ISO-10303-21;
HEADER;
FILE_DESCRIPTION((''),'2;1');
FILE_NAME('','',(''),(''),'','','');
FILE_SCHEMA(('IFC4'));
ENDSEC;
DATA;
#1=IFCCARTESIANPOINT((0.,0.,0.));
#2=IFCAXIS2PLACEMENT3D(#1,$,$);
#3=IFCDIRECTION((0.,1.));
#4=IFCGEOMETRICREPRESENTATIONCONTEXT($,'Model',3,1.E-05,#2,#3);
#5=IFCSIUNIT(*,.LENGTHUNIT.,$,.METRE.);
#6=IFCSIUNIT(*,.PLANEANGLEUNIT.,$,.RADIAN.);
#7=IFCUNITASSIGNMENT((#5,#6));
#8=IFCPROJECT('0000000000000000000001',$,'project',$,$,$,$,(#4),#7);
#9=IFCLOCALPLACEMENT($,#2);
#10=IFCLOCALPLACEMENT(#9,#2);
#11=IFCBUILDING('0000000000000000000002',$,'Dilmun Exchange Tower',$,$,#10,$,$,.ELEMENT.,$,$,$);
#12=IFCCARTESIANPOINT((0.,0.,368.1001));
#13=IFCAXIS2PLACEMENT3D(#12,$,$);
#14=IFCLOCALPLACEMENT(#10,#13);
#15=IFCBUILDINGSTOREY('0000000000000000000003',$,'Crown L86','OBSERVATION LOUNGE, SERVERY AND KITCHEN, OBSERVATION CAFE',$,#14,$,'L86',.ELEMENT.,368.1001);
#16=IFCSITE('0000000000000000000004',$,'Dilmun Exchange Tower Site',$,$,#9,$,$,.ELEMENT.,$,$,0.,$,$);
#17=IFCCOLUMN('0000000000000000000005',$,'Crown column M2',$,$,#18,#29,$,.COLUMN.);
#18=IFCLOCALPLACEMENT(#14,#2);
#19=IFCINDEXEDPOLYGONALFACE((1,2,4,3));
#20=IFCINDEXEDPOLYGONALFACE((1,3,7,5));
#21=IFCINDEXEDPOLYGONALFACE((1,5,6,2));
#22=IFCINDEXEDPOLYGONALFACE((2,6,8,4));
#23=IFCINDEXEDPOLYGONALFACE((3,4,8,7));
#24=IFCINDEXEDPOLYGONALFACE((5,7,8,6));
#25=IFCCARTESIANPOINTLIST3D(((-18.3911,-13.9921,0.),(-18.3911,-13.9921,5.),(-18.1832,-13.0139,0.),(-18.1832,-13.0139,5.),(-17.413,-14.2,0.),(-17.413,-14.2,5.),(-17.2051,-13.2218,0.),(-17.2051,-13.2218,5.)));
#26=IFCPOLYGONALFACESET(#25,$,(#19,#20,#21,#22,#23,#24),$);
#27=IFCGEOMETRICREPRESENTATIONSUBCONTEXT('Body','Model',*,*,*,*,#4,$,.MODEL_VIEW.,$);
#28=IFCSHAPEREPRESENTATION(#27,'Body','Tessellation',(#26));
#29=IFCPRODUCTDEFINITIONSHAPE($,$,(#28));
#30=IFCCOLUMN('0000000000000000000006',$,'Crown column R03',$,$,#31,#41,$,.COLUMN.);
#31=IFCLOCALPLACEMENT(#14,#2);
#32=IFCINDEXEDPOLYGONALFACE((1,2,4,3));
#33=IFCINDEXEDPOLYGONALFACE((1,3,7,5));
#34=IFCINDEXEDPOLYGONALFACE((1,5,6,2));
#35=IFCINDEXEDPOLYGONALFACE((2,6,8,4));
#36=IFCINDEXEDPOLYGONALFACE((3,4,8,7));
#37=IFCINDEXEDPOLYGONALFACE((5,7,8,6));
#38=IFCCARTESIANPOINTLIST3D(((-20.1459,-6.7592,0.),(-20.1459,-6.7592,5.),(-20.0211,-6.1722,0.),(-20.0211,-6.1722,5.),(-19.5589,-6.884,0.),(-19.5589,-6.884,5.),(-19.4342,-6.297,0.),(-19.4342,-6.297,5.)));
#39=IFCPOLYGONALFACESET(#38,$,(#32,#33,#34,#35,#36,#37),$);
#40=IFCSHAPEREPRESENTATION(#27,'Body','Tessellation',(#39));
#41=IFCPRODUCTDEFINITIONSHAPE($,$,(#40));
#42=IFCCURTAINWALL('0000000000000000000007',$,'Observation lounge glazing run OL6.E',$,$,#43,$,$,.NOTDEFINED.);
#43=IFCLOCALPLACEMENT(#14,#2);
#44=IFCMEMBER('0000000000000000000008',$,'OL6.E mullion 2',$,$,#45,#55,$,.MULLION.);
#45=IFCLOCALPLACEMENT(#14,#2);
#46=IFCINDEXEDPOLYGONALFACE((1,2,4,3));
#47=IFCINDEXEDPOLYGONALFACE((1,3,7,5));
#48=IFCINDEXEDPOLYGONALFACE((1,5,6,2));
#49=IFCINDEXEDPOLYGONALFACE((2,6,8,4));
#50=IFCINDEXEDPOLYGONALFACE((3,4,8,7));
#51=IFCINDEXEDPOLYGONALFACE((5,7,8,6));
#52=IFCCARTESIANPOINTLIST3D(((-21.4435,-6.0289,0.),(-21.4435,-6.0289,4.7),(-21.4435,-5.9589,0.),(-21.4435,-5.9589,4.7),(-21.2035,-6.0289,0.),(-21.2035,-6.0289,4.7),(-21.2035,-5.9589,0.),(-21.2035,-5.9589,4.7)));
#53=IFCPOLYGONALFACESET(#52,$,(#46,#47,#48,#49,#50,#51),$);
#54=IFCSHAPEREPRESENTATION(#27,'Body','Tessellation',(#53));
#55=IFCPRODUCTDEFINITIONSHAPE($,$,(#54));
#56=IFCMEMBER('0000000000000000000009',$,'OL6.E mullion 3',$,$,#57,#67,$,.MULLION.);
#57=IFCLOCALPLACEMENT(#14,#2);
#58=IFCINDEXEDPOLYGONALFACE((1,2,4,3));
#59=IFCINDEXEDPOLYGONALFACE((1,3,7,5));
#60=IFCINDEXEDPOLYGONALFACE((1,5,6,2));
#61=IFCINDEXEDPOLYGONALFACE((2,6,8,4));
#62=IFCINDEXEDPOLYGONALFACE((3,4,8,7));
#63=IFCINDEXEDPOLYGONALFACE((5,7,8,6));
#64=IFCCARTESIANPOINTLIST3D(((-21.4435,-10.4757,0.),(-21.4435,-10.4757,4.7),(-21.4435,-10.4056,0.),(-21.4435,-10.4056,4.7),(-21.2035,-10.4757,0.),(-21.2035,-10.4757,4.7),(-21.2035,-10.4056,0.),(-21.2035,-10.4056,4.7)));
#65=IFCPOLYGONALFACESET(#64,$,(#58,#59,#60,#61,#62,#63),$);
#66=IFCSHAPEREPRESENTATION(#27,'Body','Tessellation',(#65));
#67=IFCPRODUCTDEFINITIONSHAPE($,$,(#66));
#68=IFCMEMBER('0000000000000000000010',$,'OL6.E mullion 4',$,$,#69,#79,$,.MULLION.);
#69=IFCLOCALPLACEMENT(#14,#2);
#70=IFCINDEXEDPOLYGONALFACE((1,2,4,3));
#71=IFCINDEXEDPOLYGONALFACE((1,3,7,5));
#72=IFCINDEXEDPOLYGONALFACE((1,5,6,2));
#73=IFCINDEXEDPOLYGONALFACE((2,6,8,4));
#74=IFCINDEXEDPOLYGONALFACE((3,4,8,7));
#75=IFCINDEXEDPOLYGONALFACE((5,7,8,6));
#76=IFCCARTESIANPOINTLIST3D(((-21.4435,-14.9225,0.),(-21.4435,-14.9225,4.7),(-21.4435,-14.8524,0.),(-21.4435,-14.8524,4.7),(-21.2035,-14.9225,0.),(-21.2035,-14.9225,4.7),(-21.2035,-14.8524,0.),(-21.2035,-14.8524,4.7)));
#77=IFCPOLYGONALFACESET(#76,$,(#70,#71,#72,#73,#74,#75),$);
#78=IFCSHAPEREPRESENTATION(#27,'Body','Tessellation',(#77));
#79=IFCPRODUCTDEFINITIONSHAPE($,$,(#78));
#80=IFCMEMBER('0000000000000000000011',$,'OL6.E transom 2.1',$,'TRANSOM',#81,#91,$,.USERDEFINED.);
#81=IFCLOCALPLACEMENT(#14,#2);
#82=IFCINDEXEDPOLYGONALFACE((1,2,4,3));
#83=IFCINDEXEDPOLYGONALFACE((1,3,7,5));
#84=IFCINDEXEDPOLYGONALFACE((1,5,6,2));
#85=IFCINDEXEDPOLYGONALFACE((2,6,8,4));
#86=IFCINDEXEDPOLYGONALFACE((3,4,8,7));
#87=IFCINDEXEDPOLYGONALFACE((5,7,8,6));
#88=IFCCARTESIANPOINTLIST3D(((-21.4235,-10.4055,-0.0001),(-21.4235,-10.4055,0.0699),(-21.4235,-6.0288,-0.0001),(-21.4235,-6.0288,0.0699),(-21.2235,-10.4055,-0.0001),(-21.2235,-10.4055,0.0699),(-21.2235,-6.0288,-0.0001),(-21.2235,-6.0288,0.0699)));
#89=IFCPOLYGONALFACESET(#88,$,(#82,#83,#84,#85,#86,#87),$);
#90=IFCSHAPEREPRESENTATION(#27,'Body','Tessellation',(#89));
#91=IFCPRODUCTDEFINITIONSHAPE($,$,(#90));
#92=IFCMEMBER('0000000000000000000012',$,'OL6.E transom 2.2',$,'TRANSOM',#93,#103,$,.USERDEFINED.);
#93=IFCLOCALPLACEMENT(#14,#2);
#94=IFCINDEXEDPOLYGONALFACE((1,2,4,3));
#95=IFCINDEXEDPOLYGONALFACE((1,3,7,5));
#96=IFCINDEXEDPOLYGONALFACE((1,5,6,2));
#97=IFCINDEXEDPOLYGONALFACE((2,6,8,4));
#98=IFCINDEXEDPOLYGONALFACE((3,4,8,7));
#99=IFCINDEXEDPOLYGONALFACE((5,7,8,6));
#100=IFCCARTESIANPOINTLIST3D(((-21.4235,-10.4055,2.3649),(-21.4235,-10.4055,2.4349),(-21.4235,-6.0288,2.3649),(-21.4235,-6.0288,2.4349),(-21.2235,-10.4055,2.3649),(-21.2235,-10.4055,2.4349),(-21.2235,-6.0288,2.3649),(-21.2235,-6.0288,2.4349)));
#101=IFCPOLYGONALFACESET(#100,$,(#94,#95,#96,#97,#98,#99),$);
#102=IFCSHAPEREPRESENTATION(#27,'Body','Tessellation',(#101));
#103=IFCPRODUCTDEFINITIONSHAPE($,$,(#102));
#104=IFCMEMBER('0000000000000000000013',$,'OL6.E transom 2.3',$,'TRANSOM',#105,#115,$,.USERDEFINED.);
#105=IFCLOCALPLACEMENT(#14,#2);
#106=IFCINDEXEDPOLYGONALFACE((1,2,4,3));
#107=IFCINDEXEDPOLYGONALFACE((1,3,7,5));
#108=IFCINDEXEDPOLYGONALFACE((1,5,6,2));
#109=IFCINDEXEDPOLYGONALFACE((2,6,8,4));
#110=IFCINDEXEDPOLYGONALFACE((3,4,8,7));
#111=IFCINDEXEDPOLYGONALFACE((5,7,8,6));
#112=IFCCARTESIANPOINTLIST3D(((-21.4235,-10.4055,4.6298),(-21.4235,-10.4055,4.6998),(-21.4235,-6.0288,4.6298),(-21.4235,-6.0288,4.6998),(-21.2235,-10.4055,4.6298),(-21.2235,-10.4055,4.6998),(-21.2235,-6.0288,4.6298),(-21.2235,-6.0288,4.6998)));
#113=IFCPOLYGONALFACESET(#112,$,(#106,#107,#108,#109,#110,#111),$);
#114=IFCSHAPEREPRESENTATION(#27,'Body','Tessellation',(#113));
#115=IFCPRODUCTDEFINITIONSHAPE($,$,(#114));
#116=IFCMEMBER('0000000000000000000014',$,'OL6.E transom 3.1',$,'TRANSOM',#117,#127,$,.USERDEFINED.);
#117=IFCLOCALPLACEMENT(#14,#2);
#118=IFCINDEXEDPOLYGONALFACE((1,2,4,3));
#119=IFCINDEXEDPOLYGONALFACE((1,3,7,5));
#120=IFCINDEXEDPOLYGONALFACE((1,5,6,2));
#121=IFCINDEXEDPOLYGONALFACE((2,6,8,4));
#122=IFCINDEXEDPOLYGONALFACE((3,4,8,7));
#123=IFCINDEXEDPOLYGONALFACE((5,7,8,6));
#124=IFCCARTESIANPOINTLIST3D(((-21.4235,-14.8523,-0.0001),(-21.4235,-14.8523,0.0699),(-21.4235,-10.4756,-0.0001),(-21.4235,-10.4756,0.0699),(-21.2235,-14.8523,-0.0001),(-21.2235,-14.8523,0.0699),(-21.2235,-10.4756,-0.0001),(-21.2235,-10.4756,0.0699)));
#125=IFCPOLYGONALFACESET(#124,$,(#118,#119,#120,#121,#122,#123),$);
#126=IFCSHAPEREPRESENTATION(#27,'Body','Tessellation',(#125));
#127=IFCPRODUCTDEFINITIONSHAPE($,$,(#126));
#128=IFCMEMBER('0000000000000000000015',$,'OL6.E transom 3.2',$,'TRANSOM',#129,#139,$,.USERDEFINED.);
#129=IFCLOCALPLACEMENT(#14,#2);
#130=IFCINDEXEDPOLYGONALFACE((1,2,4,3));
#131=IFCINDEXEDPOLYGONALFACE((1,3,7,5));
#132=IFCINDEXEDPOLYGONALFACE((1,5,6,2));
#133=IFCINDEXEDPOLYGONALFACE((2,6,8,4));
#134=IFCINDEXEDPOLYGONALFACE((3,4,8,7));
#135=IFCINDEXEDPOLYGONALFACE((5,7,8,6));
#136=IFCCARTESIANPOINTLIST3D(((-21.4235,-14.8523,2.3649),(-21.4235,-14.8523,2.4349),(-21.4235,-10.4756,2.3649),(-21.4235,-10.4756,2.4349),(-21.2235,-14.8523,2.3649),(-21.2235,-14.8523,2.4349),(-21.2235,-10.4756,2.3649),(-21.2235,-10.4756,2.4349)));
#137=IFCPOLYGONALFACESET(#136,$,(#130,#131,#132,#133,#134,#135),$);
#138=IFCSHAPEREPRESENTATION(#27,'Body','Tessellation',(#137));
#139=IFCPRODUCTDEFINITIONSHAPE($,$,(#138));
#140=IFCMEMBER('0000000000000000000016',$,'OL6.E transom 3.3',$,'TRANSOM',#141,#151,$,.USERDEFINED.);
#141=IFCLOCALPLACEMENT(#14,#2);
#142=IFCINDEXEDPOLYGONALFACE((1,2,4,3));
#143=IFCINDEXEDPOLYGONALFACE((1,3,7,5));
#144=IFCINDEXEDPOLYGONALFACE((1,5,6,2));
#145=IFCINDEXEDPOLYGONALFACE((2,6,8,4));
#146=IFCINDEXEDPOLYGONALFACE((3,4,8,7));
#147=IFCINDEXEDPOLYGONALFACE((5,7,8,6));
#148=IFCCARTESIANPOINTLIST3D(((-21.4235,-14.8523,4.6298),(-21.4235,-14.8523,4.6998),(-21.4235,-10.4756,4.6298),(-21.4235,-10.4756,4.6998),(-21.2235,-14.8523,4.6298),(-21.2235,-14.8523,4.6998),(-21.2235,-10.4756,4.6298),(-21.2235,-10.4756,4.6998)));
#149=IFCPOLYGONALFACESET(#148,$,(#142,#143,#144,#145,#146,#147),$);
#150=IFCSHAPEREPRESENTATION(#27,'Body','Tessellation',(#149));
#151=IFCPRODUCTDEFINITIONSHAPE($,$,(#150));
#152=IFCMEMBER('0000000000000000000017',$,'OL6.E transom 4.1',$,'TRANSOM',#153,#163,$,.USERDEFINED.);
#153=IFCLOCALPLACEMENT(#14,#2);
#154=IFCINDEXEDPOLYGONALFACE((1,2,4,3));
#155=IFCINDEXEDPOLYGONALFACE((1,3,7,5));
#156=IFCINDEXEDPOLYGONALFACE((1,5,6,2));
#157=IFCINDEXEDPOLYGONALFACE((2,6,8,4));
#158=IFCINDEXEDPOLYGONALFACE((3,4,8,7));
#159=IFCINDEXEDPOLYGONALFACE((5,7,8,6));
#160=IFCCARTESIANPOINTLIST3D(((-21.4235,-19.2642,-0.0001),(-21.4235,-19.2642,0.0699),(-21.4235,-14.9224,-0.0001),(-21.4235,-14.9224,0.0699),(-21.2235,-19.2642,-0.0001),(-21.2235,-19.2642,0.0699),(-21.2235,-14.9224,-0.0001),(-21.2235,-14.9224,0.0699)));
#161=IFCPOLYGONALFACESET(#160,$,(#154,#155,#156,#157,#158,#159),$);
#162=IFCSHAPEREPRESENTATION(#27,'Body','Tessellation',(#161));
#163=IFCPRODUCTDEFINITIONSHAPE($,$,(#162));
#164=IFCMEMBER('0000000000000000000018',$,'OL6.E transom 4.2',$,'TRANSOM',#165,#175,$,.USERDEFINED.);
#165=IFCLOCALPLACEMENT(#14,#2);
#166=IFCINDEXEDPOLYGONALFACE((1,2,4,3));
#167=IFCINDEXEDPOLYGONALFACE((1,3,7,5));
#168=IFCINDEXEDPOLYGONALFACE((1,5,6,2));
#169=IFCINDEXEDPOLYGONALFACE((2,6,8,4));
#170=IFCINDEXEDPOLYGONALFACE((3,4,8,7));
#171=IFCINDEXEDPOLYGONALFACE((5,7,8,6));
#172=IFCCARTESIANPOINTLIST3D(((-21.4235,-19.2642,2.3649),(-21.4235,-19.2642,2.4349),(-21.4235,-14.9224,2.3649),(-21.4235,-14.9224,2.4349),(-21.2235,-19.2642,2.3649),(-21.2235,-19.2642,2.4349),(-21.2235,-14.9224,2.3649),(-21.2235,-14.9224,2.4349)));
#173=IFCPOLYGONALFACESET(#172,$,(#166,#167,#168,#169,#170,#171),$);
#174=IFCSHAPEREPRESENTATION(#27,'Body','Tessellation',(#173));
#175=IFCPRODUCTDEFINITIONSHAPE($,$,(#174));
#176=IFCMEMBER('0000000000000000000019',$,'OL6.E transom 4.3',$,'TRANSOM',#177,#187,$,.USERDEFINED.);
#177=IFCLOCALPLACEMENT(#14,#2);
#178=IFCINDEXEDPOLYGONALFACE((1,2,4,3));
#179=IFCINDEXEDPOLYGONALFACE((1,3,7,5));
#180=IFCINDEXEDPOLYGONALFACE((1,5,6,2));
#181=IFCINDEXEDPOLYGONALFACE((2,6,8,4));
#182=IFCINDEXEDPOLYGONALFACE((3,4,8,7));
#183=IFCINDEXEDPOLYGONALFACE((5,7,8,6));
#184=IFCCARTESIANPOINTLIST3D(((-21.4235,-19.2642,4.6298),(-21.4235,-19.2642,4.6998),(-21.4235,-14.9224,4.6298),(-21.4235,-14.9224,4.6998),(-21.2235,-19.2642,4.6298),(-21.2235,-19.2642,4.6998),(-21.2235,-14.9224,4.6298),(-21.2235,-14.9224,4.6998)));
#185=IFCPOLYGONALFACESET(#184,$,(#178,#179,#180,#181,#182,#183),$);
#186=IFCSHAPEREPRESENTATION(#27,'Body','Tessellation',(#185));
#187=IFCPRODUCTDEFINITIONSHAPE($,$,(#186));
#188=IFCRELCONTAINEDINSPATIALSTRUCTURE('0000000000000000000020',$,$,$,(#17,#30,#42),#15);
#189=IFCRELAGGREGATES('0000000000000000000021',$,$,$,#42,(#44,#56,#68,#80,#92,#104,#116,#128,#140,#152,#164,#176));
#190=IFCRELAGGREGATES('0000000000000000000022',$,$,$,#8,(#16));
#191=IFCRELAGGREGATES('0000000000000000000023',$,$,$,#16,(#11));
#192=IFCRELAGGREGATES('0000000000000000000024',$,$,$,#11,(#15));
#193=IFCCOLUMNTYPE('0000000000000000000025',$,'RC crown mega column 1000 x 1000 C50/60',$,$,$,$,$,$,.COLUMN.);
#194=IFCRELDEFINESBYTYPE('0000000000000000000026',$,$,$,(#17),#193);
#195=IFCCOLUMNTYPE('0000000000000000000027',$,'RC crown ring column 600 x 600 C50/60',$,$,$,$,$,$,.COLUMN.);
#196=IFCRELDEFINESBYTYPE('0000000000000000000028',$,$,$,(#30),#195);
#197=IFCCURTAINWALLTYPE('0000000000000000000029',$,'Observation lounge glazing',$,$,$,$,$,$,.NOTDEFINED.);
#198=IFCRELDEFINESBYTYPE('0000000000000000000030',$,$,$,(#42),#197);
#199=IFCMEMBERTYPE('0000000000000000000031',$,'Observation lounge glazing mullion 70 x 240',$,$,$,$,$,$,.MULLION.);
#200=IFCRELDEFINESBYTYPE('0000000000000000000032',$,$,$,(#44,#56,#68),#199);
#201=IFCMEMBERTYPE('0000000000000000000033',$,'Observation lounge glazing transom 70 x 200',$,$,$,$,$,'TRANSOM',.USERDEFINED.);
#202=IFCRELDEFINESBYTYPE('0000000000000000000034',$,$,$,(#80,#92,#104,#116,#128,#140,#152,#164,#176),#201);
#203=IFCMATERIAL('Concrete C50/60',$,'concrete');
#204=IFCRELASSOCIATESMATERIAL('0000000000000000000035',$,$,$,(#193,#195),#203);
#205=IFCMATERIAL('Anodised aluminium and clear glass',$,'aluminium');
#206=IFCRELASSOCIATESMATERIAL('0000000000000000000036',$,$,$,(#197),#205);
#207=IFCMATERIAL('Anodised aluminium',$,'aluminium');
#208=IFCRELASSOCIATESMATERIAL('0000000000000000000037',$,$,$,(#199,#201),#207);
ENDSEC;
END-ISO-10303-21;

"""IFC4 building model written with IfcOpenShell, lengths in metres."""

from ifc_helpers import new_model, si_unit, direction, frame, origin, origin_2d, place, context, subcontext, project, spatial, rectangle, extrude, material, material_profile, profile_set, type_object, element, aggregate, save


model = new_model("IFC4")

# Units and contexts
model_context = context("Model", 3, precision=1e-05, world=origin(), true_north=direction((0.0, 1.0)))
body_context = subcontext(model_context, "Body", "Model", "MODEL_VIEW")
ifc_project = project(units=[si_unit("LENGTHUNIT", "METRE"), si_unit("PLANEANGLEUNIT", "RADIAN")], contexts=[model_context])

# Site, building, storey
site_placement = place(None, origin())
site = spatial("IfcSite", under=ifc_project, at=site_placement, Name="Dilmun Exchange Tower Site", CompositionType="ELEMENT", RefElevation=0.0)
building_placement = place(site_placement, origin())
building = spatial("IfcBuilding", under=site, at=building_placement, Name="Dilmun Exchange Tower", CompositionType="ELEMENT")
storey_placement = place(building_placement, frame((0.0, 0.0, 368.1001)))
storey = spatial("IfcBuildingStorey", under=building, at=storey_placement, Name="Crown L86", Description="OBSERVATION LOUNGE, SERVERY AND KITCHEN, OBSERVATION CAFE", LongName="L86", CompositionType="ELEMENT", Elevation=368.1001)

# Columns
ifc_material_1 = material(Name="Concrete C50/60", Category="concrete")
ifc_material_profile_1 = material_profile(ifc_material_1, rectangle(XDim=1.0, YDim=1.0, at=origin_2d()), Name="1000 x 1000")
ifc_profile_set_1 = profile_set([ifc_material_profile_1], Name="Concrete C50/60")
column_type_1 = type_object("IfcColumnType", Name="RC crown mega column 1000 x 1000 C50/60", PredefinedType="COLUMN", material=ifc_profile_set_1)
column_1_placement = place(storey_placement, frame((-17.7981, -13.6069, 0.0), z_axis=(0.0, 0.0, 1.0), x_axis=(0.207912, 0.978148, 0.0)))
element("IfcColumn", 1, at=column_1_placement, inside=storey, type_object=column_type_1, Name="Crown column M2", PredefinedType="COLUMN", context=body_context, shape_type="SweptSolid", body=[
    extrude(rectangle(XDim=1.0, YDim=1.0, at=origin_2d()), origin(), (0.0, 0.0, 1.0), 5.0),
])
ifc_material_profile_2 = material_profile(ifc_material_1, rectangle(XDim=0.6001, YDim=0.6001, at=origin_2d()), Name="600 x 600")
ifc_profile_set_2 = profile_set([ifc_material_profile_2], Name="Concrete C50/60")
column_type_2 = type_object("IfcColumnType", Name="RC crown ring column 600 x 600 C50/60", PredefinedType="COLUMN", material=ifc_profile_set_2)
column_2_placement = place(storey_placement, frame((-19.79, -6.5281, 0.0), z_axis=(0.0, 0.0, 1.0), x_axis=(0.207912, 0.978148, 0.0)))
element("IfcColumn", 2, at=column_2_placement, inside=storey, type_object=column_type_2, Name="Crown column R03", PredefinedType="COLUMN", context=body_context, shape_type="SweptSolid", body=[
    extrude(rectangle(XDim=0.6001, YDim=0.6001, at=origin_2d()), origin(), (0.0, 0.0, 1.0), 5.0),
])

# Curtain wall, members
ifc_material_2 = material(Name="Anodised aluminium and clear glass", Category="aluminium")
curtain_wall_type = type_object("IfcCurtainWallType", Name="Observation lounge glazing", PredefinedType="NOTDEFINED", material=ifc_material_2)
curtain_wall_placement = place(storey_placement, origin())
curtain_wall = element("IfcCurtainWall", 3, at=curtain_wall_placement, inside=storey, type_object=curtain_wall_type, Name="Observation lounge glazing run OL6.E", PredefinedType="NOTDEFINED")
ifc_material_3 = material(Name="Anodised aluminium", Category="aluminium")
ifc_material_profile_3 = material_profile(ifc_material_3, rectangle(XDim=0.24, YDim=0.0701, at=origin_2d()), Name="AL 70x240")
ifc_profile_set_3 = profile_set([ifc_material_profile_3], Name="Anodised aluminium")
member_type_1 = type_object("IfcMemberType", Name="Observation lounge glazing mullion 70 x 240", PredefinedType="MULLION", material=ifc_profile_set_3)
member_1_placement = place(storey_placement, frame((-21.3235, -5.9939, 0.0), z_axis=(0.0, 0.0, 1.0), x_axis=(1.0, 0.0, 0.0)))
member_1 = element("IfcMember", 4, at=member_1_placement, type_object=member_type_1, Name="OL6.E mullion 2", PredefinedType="MULLION", context=body_context, shape_type="SweptSolid", body=[
    extrude(rectangle(XDim=0.24, YDim=0.0701, at=origin_2d()), origin(), (0.0, 0.0, 1.0), 4.7),
])
member_2_placement = place(storey_placement, frame((-21.3235, -10.4407, 0.0), z_axis=(0.0, 0.0, 1.0), x_axis=(1.0, 0.0, 0.0)))
member_2 = element("IfcMember", 5, at=member_2_placement, type_object=member_type_1, Name="OL6.E mullion 3", PredefinedType="MULLION", context=body_context, shape_type="SweptSolid", body=[
    extrude(rectangle(XDim=0.24, YDim=0.0701, at=origin_2d()), origin(), (0.0, 0.0, 1.0), 4.7),
])
member_3_placement = place(storey_placement, frame((-21.3235, -14.8875, 0.0), z_axis=(0.0, 0.0, 1.0), x_axis=(1.0, 0.0, 0.0)))
member_3 = element("IfcMember", 6, at=member_3_placement, type_object=member_type_1, Name="OL6.E mullion 4", PredefinedType="MULLION", context=body_context, shape_type="SweptSolid", body=[
    extrude(rectangle(XDim=0.24, YDim=0.0701, at=origin_2d()), origin(), (0.0, 0.0, 1.0), 4.7),
])
ifc_material_profile_4 = material_profile(ifc_material_3, rectangle(XDim=0.2, YDim=0.0701, at=origin_2d()), Name="AL 70x200")
ifc_profile_set_4 = profile_set([ifc_material_profile_4], Name="Anodised aluminium")
member_type_2 = type_object("IfcMemberType", Name="Observation lounge glazing transom 70 x 200", ElementType="TRANSOM", PredefinedType="USERDEFINED", material=ifc_profile_set_4)
member_4_placement = place(storey_placement, frame((-21.3235, -6.0288, 0.0349), z_axis=(0.0, -1.0, 0.0), x_axis=(1.0, 0.0, 0.0)))
member_4 = element("IfcMember", 7, at=member_4_placement, type_object=member_type_2, Name="OL6.E transom 2.1", ObjectType="TRANSOM", PredefinedType="USERDEFINED", context=body_context, shape_type="SweptSolid", body=[
    extrude(rectangle(XDim=0.2, YDim=0.0701, at=origin_2d()), origin(), (0.0, 0.0, 1.0), 4.3767),
])
member_5_placement = place(storey_placement, frame((-21.3235, -6.0288, 2.3999), z_axis=(0.0, -1.0, 0.0), x_axis=(1.0, 0.0, 0.0)))
member_5 = element("IfcMember", 8, at=member_5_placement, type_object=member_type_2, Name="OL6.E transom 2.2", ObjectType="TRANSOM", PredefinedType="USERDEFINED", context=body_context, shape_type="SweptSolid", body=[
    extrude(rectangle(XDim=0.2, YDim=0.0701, at=origin_2d()), origin(), (0.0, 0.0, 1.0), 4.3767),
])
member_6_placement = place(storey_placement, frame((-21.3235, -6.0288, 4.6648), z_axis=(0.0, -1.0, 0.0), x_axis=(1.0, 0.0, 0.0)))
member_6 = element("IfcMember", 9, at=member_6_placement, type_object=member_type_2, Name="OL6.E transom 2.3", ObjectType="TRANSOM", PredefinedType="USERDEFINED", context=body_context, shape_type="SweptSolid", body=[
    extrude(rectangle(XDim=0.2, YDim=0.0701, at=origin_2d()), origin(), (0.0, 0.0, 1.0), 4.3767),
])
member_7_placement = place(storey_placement, frame((-21.3235, -10.4756, 0.0349), z_axis=(0.0, -1.0, 0.0), x_axis=(1.0, 0.0, 0.0)))
member_7 = element("IfcMember", 10, at=member_7_placement, type_object=member_type_2, Name="OL6.E transom 3.1", ObjectType="TRANSOM", PredefinedType="USERDEFINED", context=body_context, shape_type="SweptSolid", body=[
    extrude(rectangle(XDim=0.2, YDim=0.0701, at=origin_2d()), origin(), (0.0, 0.0, 1.0), 4.3767),
])
member_8_placement = place(storey_placement, frame((-21.3235, -10.4756, 2.3999), z_axis=(0.0, -1.0, 0.0), x_axis=(1.0, 0.0, 0.0)))
member_8 = element("IfcMember", 11, at=member_8_placement, type_object=member_type_2, Name="OL6.E transom 3.2", ObjectType="TRANSOM", PredefinedType="USERDEFINED", context=body_context, shape_type="SweptSolid", body=[
    extrude(rectangle(XDim=0.2, YDim=0.0701, at=origin_2d()), origin(), (0.0, 0.0, 1.0), 4.3767),
])
member_9_placement = place(storey_placement, frame((-21.3235, -10.4756, 4.6648), z_axis=(0.0, -1.0, 0.0), x_axis=(1.0, 0.0, 0.0)))
member_9 = element("IfcMember", 12, at=member_9_placement, type_object=member_type_2, Name="OL6.E transom 3.3", ObjectType="TRANSOM", PredefinedType="USERDEFINED", context=body_context, shape_type="SweptSolid", body=[
    extrude(rectangle(XDim=0.2, YDim=0.0701, at=origin_2d()), origin(), (0.0, 0.0, 1.0), 4.3767),
])
member_10_placement = place(storey_placement, frame((-21.3235, -14.9224, 0.0349), z_axis=(0.0, -1.0, 0.0), x_axis=(1.0, 0.0, 0.0)))
member_10 = element("IfcMember", 13, at=member_10_placement, type_object=member_type_2, Name="OL6.E transom 4.1", ObjectType="TRANSOM", PredefinedType="USERDEFINED", context=body_context, shape_type="SweptSolid", body=[
    extrude(rectangle(XDim=0.2, YDim=0.0701, at=origin_2d()), origin(), (0.0, 0.0, 1.0), 4.3418),
])
member_11_placement = place(storey_placement, frame((-21.3235, -14.9224, 2.3999), z_axis=(0.0, -1.0, 0.0), x_axis=(1.0, 0.0, 0.0)))
member_11 = element("IfcMember", 14, at=member_11_placement, type_object=member_type_2, Name="OL6.E transom 4.2", ObjectType="TRANSOM", PredefinedType="USERDEFINED", context=body_context, shape_type="SweptSolid", body=[
    extrude(rectangle(XDim=0.2, YDim=0.0701, at=origin_2d()), origin(), (0.0, 0.0, 1.0), 4.3418),
])
member_12_placement = place(storey_placement, frame((-21.3235, -14.9224, 4.6648), z_axis=(0.0, -1.0, 0.0), x_axis=(1.0, 0.0, 0.0)))
member_12 = element("IfcMember", 15, at=member_12_placement, type_object=member_type_2, Name="OL6.E transom 4.3", ObjectType="TRANSOM", PredefinedType="USERDEFINED", context=body_context, shape_type="SweptSolid", body=[
    extrude(rectangle(XDim=0.2, YDim=0.0701, at=origin_2d()), origin(), (0.0, 0.0, 1.0), 4.3418),
])

aggregate(curtain_wall, [member_1, member_2, member_3, member_4, member_5, member_6, member_7, member_8, member_9, member_10, member_11, member_12])

save(model, "model.ifc")
